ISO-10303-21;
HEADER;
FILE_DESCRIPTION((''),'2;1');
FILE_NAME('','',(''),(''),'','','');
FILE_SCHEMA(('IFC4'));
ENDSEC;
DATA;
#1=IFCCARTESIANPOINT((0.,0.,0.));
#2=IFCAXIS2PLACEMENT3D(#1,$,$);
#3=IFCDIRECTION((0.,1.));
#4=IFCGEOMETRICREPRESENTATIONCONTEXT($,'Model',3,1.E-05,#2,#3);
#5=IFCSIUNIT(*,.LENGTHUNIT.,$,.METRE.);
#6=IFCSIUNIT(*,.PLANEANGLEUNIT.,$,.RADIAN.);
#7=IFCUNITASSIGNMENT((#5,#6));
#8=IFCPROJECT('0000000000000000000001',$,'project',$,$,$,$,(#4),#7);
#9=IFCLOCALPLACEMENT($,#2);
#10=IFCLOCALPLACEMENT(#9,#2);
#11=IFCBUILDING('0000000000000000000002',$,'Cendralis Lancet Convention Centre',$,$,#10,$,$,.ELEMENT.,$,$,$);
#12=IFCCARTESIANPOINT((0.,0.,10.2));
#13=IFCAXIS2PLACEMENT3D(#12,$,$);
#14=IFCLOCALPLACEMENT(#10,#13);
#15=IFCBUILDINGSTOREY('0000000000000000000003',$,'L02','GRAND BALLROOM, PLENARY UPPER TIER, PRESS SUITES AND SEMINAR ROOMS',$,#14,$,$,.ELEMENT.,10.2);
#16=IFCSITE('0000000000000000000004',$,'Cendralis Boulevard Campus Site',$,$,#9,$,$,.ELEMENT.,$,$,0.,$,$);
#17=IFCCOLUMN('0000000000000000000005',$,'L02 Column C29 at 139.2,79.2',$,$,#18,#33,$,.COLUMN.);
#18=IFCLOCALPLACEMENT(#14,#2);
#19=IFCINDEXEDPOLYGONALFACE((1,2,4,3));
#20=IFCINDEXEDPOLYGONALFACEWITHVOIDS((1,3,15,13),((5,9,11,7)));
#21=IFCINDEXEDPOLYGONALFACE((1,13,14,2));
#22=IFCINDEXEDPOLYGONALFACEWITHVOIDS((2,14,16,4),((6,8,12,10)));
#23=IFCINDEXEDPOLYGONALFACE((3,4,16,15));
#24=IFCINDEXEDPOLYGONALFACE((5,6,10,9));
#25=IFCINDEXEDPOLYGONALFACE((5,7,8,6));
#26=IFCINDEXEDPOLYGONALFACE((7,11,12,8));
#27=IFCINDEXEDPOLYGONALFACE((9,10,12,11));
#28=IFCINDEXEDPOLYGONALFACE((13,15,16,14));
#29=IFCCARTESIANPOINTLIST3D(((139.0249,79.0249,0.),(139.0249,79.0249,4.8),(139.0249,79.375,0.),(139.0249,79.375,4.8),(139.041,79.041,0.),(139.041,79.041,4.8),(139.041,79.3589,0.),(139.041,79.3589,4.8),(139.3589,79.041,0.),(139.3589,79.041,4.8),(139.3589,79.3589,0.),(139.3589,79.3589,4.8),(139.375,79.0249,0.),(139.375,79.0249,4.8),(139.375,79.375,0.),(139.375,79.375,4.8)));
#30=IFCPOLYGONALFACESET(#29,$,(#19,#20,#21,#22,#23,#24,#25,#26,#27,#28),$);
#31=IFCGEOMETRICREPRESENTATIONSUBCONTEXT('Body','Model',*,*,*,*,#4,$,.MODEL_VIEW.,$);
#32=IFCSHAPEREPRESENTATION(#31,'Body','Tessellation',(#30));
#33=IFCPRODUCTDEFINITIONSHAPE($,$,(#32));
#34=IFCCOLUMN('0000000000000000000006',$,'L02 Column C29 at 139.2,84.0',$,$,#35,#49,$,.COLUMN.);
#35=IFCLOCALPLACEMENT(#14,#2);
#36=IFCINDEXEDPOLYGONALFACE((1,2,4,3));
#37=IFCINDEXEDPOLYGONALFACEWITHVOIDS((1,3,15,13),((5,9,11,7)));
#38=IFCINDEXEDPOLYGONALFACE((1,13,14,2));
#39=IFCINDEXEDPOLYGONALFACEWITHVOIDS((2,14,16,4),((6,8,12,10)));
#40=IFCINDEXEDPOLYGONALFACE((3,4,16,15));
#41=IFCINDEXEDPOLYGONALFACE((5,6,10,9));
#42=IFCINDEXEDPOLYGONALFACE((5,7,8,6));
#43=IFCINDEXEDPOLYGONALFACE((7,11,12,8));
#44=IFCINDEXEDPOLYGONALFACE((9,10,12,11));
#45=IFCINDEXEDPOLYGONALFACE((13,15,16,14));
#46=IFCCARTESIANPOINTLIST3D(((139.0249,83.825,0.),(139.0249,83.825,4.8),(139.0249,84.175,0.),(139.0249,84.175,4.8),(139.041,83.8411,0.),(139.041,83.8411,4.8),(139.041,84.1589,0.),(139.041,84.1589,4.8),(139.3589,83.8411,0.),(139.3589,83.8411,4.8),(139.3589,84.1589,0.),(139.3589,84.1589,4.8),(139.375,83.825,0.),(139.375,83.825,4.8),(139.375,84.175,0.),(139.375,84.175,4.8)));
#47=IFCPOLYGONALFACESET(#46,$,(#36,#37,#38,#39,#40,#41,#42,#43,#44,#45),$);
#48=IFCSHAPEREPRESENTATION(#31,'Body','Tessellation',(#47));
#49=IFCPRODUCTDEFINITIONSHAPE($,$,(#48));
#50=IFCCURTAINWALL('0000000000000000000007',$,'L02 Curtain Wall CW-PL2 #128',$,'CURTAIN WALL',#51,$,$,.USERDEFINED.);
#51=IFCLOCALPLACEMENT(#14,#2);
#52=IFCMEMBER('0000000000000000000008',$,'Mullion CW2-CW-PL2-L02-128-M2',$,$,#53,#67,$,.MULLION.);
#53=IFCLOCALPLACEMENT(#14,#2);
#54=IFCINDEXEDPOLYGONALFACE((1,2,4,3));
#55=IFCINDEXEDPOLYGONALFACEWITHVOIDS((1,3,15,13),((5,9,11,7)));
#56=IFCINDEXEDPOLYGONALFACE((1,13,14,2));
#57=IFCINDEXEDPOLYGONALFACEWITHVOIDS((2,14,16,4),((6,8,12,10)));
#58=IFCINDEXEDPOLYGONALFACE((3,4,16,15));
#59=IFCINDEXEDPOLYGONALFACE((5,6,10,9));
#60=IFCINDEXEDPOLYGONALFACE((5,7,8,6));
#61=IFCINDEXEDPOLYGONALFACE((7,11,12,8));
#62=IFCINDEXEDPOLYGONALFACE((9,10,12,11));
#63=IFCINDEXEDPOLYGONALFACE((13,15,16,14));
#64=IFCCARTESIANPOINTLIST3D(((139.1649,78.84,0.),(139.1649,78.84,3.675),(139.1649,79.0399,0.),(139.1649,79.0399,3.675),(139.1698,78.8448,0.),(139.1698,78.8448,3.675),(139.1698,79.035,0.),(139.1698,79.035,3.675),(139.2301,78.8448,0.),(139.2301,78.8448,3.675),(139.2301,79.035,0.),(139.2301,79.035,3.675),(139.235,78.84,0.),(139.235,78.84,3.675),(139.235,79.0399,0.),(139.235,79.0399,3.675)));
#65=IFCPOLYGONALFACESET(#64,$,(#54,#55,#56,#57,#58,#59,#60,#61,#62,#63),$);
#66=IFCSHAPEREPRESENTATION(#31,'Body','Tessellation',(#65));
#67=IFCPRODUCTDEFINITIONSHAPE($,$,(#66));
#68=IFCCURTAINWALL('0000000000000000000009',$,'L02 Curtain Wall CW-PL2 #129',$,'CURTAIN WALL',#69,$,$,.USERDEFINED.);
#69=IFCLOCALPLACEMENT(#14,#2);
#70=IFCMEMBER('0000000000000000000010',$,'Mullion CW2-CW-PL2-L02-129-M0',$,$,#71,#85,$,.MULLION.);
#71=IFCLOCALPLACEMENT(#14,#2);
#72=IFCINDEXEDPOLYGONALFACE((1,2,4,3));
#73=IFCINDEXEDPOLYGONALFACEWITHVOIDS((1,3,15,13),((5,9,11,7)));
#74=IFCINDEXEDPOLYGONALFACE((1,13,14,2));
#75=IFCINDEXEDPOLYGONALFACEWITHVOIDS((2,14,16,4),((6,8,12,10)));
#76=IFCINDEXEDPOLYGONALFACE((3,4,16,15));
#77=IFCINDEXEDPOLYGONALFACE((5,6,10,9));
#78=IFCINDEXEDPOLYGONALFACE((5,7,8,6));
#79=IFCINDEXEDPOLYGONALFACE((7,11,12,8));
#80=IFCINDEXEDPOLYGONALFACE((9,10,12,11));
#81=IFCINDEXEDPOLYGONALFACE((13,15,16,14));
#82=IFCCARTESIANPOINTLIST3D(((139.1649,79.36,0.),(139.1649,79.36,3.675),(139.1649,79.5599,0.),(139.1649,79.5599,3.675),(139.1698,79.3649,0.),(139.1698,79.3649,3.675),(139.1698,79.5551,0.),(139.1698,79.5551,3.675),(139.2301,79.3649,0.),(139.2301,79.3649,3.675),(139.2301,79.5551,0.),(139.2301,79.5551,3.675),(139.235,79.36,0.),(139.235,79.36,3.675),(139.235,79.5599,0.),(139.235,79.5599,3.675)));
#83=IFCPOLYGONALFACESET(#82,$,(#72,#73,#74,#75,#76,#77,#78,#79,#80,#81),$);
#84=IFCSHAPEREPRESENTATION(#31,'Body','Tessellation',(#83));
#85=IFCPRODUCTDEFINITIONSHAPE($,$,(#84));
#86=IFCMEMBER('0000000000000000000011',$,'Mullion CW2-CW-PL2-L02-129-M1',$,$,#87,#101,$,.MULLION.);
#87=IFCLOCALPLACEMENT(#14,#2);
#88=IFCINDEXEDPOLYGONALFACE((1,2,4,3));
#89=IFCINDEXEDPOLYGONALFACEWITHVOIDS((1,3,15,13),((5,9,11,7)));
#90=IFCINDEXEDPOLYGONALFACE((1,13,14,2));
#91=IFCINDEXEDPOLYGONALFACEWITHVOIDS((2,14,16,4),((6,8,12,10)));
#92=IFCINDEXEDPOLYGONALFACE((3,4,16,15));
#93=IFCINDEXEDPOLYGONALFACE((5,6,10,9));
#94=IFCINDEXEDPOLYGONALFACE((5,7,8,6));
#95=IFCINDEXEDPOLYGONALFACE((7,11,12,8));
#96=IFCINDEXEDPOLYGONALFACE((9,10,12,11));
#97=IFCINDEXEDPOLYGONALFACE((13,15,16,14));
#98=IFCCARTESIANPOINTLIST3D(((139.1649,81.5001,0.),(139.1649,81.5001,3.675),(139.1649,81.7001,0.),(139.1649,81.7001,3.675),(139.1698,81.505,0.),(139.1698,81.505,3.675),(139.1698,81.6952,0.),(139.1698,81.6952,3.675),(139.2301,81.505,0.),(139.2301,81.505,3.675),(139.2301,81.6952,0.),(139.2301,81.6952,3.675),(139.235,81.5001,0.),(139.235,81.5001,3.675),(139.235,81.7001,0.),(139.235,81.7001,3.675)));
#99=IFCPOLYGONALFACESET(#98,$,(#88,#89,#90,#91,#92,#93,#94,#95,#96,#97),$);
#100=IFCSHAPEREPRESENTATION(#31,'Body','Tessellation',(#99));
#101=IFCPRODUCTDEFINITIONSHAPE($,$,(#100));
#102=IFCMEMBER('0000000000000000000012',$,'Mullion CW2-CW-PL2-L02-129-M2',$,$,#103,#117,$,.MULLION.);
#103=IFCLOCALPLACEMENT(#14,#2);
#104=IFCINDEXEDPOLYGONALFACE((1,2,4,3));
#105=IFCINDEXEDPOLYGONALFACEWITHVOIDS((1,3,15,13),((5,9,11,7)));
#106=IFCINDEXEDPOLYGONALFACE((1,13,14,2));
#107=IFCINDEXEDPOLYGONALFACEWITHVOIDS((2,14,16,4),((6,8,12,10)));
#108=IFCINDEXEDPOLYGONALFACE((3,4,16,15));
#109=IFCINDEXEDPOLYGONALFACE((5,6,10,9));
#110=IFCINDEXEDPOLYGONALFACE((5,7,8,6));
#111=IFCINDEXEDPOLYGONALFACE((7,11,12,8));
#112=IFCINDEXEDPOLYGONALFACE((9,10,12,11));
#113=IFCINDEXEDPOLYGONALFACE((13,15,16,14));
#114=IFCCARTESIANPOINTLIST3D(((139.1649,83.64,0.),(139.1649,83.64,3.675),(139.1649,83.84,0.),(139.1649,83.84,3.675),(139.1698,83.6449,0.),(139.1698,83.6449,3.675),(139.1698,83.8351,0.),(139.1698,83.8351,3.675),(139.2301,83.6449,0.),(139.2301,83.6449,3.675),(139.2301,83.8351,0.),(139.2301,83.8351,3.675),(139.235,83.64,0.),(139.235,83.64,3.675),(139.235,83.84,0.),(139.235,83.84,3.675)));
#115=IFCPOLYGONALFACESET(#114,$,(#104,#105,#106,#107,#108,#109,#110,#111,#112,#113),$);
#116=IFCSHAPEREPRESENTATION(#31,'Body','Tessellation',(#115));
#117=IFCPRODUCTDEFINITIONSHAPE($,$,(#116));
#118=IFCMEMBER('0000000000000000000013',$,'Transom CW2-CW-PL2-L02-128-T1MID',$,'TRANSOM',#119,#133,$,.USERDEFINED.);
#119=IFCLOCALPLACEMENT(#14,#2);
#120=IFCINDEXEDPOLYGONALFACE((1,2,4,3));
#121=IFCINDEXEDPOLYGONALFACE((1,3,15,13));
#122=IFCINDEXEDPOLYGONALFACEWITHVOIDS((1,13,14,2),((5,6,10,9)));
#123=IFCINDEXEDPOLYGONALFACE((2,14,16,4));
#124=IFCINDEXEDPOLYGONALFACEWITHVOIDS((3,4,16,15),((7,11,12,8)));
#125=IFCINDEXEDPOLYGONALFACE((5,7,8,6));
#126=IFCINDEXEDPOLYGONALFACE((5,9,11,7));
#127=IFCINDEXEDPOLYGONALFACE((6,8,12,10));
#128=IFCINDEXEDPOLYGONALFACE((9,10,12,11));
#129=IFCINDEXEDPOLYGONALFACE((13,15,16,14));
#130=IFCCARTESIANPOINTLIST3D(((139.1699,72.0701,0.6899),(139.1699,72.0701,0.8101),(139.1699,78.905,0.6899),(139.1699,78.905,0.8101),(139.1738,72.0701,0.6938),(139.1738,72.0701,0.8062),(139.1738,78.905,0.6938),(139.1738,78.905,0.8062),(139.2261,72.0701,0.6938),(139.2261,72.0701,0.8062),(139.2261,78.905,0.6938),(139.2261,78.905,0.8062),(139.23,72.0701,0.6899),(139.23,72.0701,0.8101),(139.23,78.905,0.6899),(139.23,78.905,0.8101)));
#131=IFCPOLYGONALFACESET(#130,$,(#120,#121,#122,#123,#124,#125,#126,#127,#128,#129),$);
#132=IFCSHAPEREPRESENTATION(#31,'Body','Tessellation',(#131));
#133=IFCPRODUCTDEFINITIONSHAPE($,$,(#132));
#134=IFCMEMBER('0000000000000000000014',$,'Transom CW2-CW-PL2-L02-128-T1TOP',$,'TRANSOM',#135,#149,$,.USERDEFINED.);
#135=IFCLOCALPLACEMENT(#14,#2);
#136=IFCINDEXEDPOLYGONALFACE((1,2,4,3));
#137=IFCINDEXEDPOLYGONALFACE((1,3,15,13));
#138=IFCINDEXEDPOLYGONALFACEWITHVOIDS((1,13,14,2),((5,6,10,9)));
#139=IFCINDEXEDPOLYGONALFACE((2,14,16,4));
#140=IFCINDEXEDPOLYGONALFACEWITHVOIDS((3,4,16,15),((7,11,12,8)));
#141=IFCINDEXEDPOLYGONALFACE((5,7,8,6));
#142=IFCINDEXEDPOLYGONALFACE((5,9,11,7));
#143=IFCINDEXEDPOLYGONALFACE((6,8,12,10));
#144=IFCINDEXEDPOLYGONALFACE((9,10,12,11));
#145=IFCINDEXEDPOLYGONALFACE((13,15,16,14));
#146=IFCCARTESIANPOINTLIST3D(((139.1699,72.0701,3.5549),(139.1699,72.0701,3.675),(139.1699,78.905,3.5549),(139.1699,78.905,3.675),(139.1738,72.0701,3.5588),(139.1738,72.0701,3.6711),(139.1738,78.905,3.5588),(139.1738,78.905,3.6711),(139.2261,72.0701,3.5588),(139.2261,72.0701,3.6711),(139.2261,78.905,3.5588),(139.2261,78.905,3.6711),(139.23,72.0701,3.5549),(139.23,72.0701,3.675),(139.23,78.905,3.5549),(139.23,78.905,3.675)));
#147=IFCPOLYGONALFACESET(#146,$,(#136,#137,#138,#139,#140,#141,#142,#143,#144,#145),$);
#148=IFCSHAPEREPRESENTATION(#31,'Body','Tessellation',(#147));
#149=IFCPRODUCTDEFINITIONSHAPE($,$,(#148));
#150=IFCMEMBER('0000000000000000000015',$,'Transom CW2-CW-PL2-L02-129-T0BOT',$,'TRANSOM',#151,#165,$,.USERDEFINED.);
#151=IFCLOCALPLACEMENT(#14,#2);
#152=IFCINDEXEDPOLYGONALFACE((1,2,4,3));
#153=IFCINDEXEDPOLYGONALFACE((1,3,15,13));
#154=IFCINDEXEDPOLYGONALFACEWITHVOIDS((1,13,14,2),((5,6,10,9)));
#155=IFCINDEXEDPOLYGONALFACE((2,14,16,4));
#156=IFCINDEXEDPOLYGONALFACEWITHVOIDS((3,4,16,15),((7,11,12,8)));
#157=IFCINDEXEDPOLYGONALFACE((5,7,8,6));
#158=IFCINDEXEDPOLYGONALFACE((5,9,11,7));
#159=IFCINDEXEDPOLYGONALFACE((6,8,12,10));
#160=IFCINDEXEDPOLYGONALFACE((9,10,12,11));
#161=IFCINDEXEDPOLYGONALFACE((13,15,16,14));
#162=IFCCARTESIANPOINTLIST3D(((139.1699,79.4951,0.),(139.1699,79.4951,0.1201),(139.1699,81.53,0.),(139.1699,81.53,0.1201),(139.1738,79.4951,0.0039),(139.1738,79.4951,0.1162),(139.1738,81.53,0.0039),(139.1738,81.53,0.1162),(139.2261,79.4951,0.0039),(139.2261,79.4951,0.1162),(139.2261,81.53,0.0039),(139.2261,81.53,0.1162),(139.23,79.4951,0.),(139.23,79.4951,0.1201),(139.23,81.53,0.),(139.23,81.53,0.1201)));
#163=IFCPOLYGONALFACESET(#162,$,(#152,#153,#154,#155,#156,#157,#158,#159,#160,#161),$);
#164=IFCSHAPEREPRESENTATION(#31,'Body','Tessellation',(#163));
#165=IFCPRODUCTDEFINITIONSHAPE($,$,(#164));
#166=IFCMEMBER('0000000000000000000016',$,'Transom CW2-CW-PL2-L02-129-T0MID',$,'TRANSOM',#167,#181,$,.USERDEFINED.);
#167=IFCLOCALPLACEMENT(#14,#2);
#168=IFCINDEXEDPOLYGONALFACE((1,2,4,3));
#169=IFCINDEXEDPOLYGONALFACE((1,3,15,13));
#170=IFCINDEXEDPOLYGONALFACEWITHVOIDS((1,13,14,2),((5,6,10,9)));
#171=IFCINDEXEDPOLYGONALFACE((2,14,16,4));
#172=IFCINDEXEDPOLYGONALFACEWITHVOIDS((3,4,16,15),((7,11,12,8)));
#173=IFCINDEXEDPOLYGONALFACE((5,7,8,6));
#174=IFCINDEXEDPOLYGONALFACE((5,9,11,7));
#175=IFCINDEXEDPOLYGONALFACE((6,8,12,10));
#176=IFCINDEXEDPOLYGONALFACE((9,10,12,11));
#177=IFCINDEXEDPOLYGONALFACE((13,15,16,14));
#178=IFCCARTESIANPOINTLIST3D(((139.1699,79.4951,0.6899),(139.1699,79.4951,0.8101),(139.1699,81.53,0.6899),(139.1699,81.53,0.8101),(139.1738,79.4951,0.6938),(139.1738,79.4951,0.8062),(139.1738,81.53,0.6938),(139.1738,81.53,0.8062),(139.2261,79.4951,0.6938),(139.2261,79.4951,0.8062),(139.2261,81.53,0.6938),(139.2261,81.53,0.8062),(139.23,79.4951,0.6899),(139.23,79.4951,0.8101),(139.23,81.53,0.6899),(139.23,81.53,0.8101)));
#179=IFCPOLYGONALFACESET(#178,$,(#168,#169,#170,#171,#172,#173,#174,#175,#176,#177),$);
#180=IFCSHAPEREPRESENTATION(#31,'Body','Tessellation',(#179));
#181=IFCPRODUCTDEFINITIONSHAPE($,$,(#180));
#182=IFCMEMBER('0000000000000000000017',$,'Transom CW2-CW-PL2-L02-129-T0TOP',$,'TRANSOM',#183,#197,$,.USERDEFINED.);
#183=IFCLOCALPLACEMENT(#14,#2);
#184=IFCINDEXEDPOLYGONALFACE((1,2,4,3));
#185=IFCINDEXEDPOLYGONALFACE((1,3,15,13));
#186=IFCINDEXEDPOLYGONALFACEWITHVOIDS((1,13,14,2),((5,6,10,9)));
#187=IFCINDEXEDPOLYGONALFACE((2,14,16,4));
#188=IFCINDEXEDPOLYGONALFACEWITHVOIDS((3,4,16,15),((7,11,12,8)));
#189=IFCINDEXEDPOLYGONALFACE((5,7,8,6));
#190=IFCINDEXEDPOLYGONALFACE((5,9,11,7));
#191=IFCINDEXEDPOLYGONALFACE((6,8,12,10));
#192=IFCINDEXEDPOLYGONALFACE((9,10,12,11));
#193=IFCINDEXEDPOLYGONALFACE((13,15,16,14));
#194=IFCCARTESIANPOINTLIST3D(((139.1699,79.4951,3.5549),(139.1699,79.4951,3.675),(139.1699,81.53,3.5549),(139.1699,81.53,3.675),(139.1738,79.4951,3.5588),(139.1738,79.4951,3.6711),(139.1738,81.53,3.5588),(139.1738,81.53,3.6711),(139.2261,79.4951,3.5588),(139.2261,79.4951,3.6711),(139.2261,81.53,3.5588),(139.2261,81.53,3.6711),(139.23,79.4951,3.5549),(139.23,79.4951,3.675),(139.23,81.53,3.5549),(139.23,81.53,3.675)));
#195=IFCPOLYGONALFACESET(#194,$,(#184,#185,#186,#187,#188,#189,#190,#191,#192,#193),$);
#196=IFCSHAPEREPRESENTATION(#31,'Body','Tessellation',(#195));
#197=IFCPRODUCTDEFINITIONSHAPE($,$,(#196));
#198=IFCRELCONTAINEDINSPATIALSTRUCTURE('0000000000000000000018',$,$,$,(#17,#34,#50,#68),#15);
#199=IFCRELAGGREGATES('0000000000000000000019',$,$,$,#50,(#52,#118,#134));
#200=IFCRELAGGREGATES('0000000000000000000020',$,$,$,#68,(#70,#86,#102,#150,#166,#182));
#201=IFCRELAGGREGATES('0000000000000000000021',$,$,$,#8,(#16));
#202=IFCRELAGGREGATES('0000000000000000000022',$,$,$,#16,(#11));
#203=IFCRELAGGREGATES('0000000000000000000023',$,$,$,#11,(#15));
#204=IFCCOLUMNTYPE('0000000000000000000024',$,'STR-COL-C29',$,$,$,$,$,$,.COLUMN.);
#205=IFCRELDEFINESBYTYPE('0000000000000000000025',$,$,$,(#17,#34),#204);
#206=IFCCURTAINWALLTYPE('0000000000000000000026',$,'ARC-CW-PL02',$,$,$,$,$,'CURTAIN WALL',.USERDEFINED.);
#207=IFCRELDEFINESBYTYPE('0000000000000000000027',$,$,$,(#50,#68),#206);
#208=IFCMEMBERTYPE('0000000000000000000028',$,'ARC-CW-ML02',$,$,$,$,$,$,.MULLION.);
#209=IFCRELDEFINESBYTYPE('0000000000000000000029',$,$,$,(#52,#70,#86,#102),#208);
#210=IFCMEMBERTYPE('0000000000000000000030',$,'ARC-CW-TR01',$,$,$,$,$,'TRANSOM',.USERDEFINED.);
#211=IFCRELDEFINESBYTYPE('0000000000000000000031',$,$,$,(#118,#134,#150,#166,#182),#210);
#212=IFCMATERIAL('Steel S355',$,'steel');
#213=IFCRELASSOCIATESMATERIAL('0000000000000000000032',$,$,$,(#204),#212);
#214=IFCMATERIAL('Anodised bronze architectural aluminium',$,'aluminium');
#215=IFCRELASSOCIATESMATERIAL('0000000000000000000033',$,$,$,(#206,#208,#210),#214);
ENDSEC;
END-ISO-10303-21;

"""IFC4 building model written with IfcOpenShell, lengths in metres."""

from ifc_helpers import new_model, si_unit, direction, frame, origin, origin_2d, place, context, subcontext, project, spatial, hollow_rectangle, extrude, material, material_profile, profile_set, type_object, element, aggregate, save


model = new_model("IFC4")

# Units and contexts
model_context = context("Model", 3, precision=1e-05, world=origin(), true_north=direction((0.0, 1.0)))
body_context = subcontext(model_context, "Body", "Model", "MODEL_VIEW")
ifc_project = project(units=[si_unit("LENGTHUNIT", "METRE"), si_unit("PLANEANGLEUNIT", "RADIAN")], contexts=[model_context])

# Site, building, storey
site_placement = place(None, origin())
site = spatial("IfcSite", under=ifc_project, at=site_placement, Name="Cendralis Boulevard Campus Site", CompositionType="ELEMENT", RefElevation=0.0)
building_placement = place(site_placement, origin())
building = spatial("IfcBuilding", under=site, at=building_placement, Name="Cendralis Lancet Convention Centre", CompositionType="ELEMENT")
storey_placement = place(building_placement, frame((0.0, 0.0, 10.2)))
storey = spatial("IfcBuildingStorey", under=building, at=storey_placement, Name="L02", Description="GRAND BALLROOM, PLENARY UPPER TIER, PRESS SUITES AND SEMINAR ROOMS", CompositionType="ELEMENT", Elevation=10.2)

# Columns
ifc_material_1 = material(Name="Steel S355", Category="steel")
ifc_material_profile_1 = material_profile(ifc_material_1, hollow_rectangle(XDim=0.3501, YDim=0.3501, WallThickness=0.0161, at=origin_2d()), Name="SHS 350x350x16.0")
ifc_profile_set_1 = profile_set([ifc_material_profile_1], Name="Steel S355")
column_type = type_object("IfcColumnType", Name="STR-COL-C29", PredefinedType="COLUMN", material=ifc_profile_set_1)
for number, where, z_axis, x_axis, name in (
    (1, (139.2, 79.2, 0.0), (0.0, 0.0, 1.0), (1.0, 0.0, 0.0), "L02 Column C29 at 139.2,79.2"),
    (2, (139.2, 84.0, 0.0), (0.0, 0.0, 1.0), (1.0, 0.0, 0.0), "L02 Column C29 at 139.2,84.0"),
):
    element("IfcColumn", number, at=place(storey_placement, frame(where, z_axis=z_axis, x_axis=x_axis)), inside=storey, type_object=column_type, Name=name, PredefinedType="COLUMN", context=body_context, shape_type="SweptSolid", body=[
        extrude(hollow_rectangle(XDim=0.3501, YDim=0.3501, WallThickness=0.0161, at=origin_2d()), origin(), (0.0, 0.0, 1.0), 4.8),
    ])

# Curtain wall, member
ifc_material_2 = material(Name="Anodised bronze architectural aluminium", Category="aluminium")
curtain_wall_type = type_object("IfcCurtainWallType", Name="ARC-CW-PL02", ElementType="CURTAIN WALL", PredefinedType="USERDEFINED", material=ifc_material_2)
curtain_wall_1_placement = place(storey_placement, origin())
curtain_wall_1 = element("IfcCurtainWall", 3, at=curtain_wall_1_placement, inside=storey, type_object=curtain_wall_type, Name="L02 Curtain Wall CW-PL2 #128", ObjectType="CURTAIN WALL", PredefinedType="USERDEFINED")
ifc_material_profile_2 = material_profile(ifc_material_2, hollow_rectangle(XDim=0.0701, YDim=0.2, WallThickness=0.0049, at=origin_2d()), Name="AL-MULL 70x200x5.0")
ifc_profile_set_2 = profile_set([ifc_material_profile_2], Name="Anodised bronze architectural aluminium")
member_type_1 = type_object("IfcMemberType", Name="ARC-CW-ML02", PredefinedType="MULLION", material=ifc_profile_set_2)
member_1_placement = place(storey_placement, frame((139.2, 78.9399, 0.0), z_axis=(0.0, 0.0, 1.0), x_axis=(1.0, 0.0, 0.0)))
member_1 = element("IfcMember", 4, at=member_1_placement, type_object=member_type_1, Name="Mullion CW2-CW-PL2-L02-128-M2", PredefinedType="MULLION", context=body_context, shape_type="SweptSolid", body=[
    extrude(hollow_rectangle(XDim=0.0701, YDim=0.2, WallThickness=0.0049, at=origin_2d()), origin(), (0.0, 0.0, 1.0), 3.675),
])

# Curtain wall, members
curtain_wall_2_placement = place(storey_placement, origin())
curtain_wall_2 = element("IfcCurtainWall", 5, at=curtain_wall_2_placement, inside=storey, type_object=curtain_wall_type, Name="L02 Curtain Wall CW-PL2 #129", ObjectType="CURTAIN WALL", PredefinedType="USERDEFINED")
member_2_placement = place(storey_placement, frame((139.2, 79.46, 0.0), z_axis=(0.0, 0.0, 1.0), x_axis=(1.0, 0.0, 0.0)))
member_2 = element("IfcMember", 6, at=member_2_placement, type_object=member_type_1, Name="Mullion CW2-CW-PL2-L02-129-M0", PredefinedType="MULLION", context=body_context, shape_type="SweptSolid", body=[
    extrude(hollow_rectangle(XDim=0.0701, YDim=0.2, WallThickness=0.0049, at=origin_2d()), origin(), (0.0, 0.0, 1.0), 3.675),
])
member_3_placement = place(storey_placement, frame((139.2, 81.6001, 0.0), z_axis=(0.0, 0.0, 1.0), x_axis=(1.0, 0.0, 0.0)))
member_3 = element("IfcMember", 7, at=member_3_placement, type_object=member_type_1, Name="Mullion CW2-CW-PL2-L02-129-M1", PredefinedType="MULLION", context=body_context, shape_type="SweptSolid", body=[
    extrude(hollow_rectangle(XDim=0.0701, YDim=0.2, WallThickness=0.0049, at=origin_2d()), origin(), (0.0, 0.0, 1.0), 3.675),
])
member_4_placement = place(storey_placement, frame((139.2, 83.74, 0.0), z_axis=(0.0, 0.0, 1.0), x_axis=(1.0, 0.0, 0.0)))
member_4 = element("IfcMember", 8, at=member_4_placement, type_object=member_type_1, Name="Mullion CW2-CW-PL2-L02-129-M2", PredefinedType="MULLION", context=body_context, shape_type="SweptSolid", body=[
    extrude(hollow_rectangle(XDim=0.0701, YDim=0.2, WallThickness=0.0049, at=origin_2d()), origin(), (0.0, 0.0, 1.0), 3.675),
])

# Members
ifc_material_profile_3 = material_profile(ifc_material_2, hollow_rectangle(XDim=0.0601, YDim=0.1201, WallThickness=0.0039, at=origin_2d()), Name="AL-TRAN 60x120x4.0")
ifc_profile_set_3 = profile_set([ifc_material_profile_3], Name="Anodised bronze architectural aluminium")
member_type_2 = type_object("IfcMemberType", Name="ARC-CW-TR01", ElementType="TRANSOM", PredefinedType="USERDEFINED", material=ifc_profile_set_3)
member_5_placement = place(storey_placement, frame((139.2, 72.0701, 0.75), z_axis=(0.0, 1.0, 0.0), x_axis=(-1.0, 0.0, 0.0)))
member_5 = element("IfcMember", 9, at=member_5_placement, type_object=member_type_2, Name="Transom CW2-CW-PL2-L02-128-T1MID", ObjectType="TRANSOM", PredefinedType="USERDEFINED", context=body_context, shape_type="SweptSolid", body=[
    extrude(hollow_rectangle(XDim=0.0601, YDim=0.1201, WallThickness=0.0039, at=origin_2d()), origin(), (0.0, 0.0, 1.0), 6.835),
])
member_6_placement = place(storey_placement, frame((139.2, 72.0701, 3.615), z_axis=(0.0, 1.0, 0.0), x_axis=(-1.0, 0.0, 0.0)))
member_6 = element("IfcMember", 10, at=member_6_placement, type_object=member_type_2, Name="Transom CW2-CW-PL2-L02-128-T1TOP", ObjectType="TRANSOM", PredefinedType="USERDEFINED", context=body_context, shape_type="SweptSolid", body=[
    extrude(hollow_rectangle(XDim=0.0601, YDim=0.1201, WallThickness=0.0039, at=origin_2d()), origin(), (0.0, 0.0, 1.0), 6.835),
])
member_7_placement = place(storey_placement, frame((139.2, 79.4951, 0.0601), z_axis=(0.0, 1.0, 0.0), x_axis=(-1.0, 0.0, 0.0)))
member_7 = element("IfcMember", 11, at=member_7_placement, type_object=member_type_2, Name="Transom CW2-CW-PL2-L02-129-T0BOT", ObjectType="TRANSOM", PredefinedType="USERDEFINED", context=body_context, shape_type="SweptSolid", body=[
    extrude(hollow_rectangle(XDim=0.0601, YDim=0.1201, WallThickness=0.0039, at=origin_2d()), origin(), (0.0, 0.0, 1.0), 2.0349),
])
member_8_placement = place(storey_placement, frame((139.2, 79.4951, 0.75), z_axis=(0.0, 1.0, 0.0), x_axis=(-1.0, 0.0, 0.0)))
member_8 = element("IfcMember", 12, at=member_8_placement, type_object=member_type_2, Name="Transom CW2-CW-PL2-L02-129-T0MID", ObjectType="TRANSOM", PredefinedType="USERDEFINED", context=body_context, shape_type="SweptSolid", body=[
    extrude(hollow_rectangle(XDim=0.0601, YDim=0.1201, WallThickness=0.0039, at=origin_2d()), origin(), (0.0, 0.0, 1.0), 2.0349),
])
member_9_placement = place(storey_placement, frame((139.2, 79.4951, 3.615), z_axis=(0.0, 1.0, 0.0), x_axis=(-1.0, 0.0, 0.0)))
member_9 = element("IfcMember", 13, at=member_9_placement, type_object=member_type_2, Name="Transom CW2-CW-PL2-L02-129-T0TOP", ObjectType="TRANSOM", PredefinedType="USERDEFINED", context=body_context, shape_type="SweptSolid", body=[
    extrude(hollow_rectangle(XDim=0.0601, YDim=0.1201, WallThickness=0.0039, at=origin_2d()), origin(), (0.0, 0.0, 1.0), 2.0349),
])

aggregate(curtain_wall_1, [member_1, member_5, member_6])
aggregate(curtain_wall_2, [member_2, member_3, member_4, member_7, member_8, member_9])

save(model, "model.ifc")
